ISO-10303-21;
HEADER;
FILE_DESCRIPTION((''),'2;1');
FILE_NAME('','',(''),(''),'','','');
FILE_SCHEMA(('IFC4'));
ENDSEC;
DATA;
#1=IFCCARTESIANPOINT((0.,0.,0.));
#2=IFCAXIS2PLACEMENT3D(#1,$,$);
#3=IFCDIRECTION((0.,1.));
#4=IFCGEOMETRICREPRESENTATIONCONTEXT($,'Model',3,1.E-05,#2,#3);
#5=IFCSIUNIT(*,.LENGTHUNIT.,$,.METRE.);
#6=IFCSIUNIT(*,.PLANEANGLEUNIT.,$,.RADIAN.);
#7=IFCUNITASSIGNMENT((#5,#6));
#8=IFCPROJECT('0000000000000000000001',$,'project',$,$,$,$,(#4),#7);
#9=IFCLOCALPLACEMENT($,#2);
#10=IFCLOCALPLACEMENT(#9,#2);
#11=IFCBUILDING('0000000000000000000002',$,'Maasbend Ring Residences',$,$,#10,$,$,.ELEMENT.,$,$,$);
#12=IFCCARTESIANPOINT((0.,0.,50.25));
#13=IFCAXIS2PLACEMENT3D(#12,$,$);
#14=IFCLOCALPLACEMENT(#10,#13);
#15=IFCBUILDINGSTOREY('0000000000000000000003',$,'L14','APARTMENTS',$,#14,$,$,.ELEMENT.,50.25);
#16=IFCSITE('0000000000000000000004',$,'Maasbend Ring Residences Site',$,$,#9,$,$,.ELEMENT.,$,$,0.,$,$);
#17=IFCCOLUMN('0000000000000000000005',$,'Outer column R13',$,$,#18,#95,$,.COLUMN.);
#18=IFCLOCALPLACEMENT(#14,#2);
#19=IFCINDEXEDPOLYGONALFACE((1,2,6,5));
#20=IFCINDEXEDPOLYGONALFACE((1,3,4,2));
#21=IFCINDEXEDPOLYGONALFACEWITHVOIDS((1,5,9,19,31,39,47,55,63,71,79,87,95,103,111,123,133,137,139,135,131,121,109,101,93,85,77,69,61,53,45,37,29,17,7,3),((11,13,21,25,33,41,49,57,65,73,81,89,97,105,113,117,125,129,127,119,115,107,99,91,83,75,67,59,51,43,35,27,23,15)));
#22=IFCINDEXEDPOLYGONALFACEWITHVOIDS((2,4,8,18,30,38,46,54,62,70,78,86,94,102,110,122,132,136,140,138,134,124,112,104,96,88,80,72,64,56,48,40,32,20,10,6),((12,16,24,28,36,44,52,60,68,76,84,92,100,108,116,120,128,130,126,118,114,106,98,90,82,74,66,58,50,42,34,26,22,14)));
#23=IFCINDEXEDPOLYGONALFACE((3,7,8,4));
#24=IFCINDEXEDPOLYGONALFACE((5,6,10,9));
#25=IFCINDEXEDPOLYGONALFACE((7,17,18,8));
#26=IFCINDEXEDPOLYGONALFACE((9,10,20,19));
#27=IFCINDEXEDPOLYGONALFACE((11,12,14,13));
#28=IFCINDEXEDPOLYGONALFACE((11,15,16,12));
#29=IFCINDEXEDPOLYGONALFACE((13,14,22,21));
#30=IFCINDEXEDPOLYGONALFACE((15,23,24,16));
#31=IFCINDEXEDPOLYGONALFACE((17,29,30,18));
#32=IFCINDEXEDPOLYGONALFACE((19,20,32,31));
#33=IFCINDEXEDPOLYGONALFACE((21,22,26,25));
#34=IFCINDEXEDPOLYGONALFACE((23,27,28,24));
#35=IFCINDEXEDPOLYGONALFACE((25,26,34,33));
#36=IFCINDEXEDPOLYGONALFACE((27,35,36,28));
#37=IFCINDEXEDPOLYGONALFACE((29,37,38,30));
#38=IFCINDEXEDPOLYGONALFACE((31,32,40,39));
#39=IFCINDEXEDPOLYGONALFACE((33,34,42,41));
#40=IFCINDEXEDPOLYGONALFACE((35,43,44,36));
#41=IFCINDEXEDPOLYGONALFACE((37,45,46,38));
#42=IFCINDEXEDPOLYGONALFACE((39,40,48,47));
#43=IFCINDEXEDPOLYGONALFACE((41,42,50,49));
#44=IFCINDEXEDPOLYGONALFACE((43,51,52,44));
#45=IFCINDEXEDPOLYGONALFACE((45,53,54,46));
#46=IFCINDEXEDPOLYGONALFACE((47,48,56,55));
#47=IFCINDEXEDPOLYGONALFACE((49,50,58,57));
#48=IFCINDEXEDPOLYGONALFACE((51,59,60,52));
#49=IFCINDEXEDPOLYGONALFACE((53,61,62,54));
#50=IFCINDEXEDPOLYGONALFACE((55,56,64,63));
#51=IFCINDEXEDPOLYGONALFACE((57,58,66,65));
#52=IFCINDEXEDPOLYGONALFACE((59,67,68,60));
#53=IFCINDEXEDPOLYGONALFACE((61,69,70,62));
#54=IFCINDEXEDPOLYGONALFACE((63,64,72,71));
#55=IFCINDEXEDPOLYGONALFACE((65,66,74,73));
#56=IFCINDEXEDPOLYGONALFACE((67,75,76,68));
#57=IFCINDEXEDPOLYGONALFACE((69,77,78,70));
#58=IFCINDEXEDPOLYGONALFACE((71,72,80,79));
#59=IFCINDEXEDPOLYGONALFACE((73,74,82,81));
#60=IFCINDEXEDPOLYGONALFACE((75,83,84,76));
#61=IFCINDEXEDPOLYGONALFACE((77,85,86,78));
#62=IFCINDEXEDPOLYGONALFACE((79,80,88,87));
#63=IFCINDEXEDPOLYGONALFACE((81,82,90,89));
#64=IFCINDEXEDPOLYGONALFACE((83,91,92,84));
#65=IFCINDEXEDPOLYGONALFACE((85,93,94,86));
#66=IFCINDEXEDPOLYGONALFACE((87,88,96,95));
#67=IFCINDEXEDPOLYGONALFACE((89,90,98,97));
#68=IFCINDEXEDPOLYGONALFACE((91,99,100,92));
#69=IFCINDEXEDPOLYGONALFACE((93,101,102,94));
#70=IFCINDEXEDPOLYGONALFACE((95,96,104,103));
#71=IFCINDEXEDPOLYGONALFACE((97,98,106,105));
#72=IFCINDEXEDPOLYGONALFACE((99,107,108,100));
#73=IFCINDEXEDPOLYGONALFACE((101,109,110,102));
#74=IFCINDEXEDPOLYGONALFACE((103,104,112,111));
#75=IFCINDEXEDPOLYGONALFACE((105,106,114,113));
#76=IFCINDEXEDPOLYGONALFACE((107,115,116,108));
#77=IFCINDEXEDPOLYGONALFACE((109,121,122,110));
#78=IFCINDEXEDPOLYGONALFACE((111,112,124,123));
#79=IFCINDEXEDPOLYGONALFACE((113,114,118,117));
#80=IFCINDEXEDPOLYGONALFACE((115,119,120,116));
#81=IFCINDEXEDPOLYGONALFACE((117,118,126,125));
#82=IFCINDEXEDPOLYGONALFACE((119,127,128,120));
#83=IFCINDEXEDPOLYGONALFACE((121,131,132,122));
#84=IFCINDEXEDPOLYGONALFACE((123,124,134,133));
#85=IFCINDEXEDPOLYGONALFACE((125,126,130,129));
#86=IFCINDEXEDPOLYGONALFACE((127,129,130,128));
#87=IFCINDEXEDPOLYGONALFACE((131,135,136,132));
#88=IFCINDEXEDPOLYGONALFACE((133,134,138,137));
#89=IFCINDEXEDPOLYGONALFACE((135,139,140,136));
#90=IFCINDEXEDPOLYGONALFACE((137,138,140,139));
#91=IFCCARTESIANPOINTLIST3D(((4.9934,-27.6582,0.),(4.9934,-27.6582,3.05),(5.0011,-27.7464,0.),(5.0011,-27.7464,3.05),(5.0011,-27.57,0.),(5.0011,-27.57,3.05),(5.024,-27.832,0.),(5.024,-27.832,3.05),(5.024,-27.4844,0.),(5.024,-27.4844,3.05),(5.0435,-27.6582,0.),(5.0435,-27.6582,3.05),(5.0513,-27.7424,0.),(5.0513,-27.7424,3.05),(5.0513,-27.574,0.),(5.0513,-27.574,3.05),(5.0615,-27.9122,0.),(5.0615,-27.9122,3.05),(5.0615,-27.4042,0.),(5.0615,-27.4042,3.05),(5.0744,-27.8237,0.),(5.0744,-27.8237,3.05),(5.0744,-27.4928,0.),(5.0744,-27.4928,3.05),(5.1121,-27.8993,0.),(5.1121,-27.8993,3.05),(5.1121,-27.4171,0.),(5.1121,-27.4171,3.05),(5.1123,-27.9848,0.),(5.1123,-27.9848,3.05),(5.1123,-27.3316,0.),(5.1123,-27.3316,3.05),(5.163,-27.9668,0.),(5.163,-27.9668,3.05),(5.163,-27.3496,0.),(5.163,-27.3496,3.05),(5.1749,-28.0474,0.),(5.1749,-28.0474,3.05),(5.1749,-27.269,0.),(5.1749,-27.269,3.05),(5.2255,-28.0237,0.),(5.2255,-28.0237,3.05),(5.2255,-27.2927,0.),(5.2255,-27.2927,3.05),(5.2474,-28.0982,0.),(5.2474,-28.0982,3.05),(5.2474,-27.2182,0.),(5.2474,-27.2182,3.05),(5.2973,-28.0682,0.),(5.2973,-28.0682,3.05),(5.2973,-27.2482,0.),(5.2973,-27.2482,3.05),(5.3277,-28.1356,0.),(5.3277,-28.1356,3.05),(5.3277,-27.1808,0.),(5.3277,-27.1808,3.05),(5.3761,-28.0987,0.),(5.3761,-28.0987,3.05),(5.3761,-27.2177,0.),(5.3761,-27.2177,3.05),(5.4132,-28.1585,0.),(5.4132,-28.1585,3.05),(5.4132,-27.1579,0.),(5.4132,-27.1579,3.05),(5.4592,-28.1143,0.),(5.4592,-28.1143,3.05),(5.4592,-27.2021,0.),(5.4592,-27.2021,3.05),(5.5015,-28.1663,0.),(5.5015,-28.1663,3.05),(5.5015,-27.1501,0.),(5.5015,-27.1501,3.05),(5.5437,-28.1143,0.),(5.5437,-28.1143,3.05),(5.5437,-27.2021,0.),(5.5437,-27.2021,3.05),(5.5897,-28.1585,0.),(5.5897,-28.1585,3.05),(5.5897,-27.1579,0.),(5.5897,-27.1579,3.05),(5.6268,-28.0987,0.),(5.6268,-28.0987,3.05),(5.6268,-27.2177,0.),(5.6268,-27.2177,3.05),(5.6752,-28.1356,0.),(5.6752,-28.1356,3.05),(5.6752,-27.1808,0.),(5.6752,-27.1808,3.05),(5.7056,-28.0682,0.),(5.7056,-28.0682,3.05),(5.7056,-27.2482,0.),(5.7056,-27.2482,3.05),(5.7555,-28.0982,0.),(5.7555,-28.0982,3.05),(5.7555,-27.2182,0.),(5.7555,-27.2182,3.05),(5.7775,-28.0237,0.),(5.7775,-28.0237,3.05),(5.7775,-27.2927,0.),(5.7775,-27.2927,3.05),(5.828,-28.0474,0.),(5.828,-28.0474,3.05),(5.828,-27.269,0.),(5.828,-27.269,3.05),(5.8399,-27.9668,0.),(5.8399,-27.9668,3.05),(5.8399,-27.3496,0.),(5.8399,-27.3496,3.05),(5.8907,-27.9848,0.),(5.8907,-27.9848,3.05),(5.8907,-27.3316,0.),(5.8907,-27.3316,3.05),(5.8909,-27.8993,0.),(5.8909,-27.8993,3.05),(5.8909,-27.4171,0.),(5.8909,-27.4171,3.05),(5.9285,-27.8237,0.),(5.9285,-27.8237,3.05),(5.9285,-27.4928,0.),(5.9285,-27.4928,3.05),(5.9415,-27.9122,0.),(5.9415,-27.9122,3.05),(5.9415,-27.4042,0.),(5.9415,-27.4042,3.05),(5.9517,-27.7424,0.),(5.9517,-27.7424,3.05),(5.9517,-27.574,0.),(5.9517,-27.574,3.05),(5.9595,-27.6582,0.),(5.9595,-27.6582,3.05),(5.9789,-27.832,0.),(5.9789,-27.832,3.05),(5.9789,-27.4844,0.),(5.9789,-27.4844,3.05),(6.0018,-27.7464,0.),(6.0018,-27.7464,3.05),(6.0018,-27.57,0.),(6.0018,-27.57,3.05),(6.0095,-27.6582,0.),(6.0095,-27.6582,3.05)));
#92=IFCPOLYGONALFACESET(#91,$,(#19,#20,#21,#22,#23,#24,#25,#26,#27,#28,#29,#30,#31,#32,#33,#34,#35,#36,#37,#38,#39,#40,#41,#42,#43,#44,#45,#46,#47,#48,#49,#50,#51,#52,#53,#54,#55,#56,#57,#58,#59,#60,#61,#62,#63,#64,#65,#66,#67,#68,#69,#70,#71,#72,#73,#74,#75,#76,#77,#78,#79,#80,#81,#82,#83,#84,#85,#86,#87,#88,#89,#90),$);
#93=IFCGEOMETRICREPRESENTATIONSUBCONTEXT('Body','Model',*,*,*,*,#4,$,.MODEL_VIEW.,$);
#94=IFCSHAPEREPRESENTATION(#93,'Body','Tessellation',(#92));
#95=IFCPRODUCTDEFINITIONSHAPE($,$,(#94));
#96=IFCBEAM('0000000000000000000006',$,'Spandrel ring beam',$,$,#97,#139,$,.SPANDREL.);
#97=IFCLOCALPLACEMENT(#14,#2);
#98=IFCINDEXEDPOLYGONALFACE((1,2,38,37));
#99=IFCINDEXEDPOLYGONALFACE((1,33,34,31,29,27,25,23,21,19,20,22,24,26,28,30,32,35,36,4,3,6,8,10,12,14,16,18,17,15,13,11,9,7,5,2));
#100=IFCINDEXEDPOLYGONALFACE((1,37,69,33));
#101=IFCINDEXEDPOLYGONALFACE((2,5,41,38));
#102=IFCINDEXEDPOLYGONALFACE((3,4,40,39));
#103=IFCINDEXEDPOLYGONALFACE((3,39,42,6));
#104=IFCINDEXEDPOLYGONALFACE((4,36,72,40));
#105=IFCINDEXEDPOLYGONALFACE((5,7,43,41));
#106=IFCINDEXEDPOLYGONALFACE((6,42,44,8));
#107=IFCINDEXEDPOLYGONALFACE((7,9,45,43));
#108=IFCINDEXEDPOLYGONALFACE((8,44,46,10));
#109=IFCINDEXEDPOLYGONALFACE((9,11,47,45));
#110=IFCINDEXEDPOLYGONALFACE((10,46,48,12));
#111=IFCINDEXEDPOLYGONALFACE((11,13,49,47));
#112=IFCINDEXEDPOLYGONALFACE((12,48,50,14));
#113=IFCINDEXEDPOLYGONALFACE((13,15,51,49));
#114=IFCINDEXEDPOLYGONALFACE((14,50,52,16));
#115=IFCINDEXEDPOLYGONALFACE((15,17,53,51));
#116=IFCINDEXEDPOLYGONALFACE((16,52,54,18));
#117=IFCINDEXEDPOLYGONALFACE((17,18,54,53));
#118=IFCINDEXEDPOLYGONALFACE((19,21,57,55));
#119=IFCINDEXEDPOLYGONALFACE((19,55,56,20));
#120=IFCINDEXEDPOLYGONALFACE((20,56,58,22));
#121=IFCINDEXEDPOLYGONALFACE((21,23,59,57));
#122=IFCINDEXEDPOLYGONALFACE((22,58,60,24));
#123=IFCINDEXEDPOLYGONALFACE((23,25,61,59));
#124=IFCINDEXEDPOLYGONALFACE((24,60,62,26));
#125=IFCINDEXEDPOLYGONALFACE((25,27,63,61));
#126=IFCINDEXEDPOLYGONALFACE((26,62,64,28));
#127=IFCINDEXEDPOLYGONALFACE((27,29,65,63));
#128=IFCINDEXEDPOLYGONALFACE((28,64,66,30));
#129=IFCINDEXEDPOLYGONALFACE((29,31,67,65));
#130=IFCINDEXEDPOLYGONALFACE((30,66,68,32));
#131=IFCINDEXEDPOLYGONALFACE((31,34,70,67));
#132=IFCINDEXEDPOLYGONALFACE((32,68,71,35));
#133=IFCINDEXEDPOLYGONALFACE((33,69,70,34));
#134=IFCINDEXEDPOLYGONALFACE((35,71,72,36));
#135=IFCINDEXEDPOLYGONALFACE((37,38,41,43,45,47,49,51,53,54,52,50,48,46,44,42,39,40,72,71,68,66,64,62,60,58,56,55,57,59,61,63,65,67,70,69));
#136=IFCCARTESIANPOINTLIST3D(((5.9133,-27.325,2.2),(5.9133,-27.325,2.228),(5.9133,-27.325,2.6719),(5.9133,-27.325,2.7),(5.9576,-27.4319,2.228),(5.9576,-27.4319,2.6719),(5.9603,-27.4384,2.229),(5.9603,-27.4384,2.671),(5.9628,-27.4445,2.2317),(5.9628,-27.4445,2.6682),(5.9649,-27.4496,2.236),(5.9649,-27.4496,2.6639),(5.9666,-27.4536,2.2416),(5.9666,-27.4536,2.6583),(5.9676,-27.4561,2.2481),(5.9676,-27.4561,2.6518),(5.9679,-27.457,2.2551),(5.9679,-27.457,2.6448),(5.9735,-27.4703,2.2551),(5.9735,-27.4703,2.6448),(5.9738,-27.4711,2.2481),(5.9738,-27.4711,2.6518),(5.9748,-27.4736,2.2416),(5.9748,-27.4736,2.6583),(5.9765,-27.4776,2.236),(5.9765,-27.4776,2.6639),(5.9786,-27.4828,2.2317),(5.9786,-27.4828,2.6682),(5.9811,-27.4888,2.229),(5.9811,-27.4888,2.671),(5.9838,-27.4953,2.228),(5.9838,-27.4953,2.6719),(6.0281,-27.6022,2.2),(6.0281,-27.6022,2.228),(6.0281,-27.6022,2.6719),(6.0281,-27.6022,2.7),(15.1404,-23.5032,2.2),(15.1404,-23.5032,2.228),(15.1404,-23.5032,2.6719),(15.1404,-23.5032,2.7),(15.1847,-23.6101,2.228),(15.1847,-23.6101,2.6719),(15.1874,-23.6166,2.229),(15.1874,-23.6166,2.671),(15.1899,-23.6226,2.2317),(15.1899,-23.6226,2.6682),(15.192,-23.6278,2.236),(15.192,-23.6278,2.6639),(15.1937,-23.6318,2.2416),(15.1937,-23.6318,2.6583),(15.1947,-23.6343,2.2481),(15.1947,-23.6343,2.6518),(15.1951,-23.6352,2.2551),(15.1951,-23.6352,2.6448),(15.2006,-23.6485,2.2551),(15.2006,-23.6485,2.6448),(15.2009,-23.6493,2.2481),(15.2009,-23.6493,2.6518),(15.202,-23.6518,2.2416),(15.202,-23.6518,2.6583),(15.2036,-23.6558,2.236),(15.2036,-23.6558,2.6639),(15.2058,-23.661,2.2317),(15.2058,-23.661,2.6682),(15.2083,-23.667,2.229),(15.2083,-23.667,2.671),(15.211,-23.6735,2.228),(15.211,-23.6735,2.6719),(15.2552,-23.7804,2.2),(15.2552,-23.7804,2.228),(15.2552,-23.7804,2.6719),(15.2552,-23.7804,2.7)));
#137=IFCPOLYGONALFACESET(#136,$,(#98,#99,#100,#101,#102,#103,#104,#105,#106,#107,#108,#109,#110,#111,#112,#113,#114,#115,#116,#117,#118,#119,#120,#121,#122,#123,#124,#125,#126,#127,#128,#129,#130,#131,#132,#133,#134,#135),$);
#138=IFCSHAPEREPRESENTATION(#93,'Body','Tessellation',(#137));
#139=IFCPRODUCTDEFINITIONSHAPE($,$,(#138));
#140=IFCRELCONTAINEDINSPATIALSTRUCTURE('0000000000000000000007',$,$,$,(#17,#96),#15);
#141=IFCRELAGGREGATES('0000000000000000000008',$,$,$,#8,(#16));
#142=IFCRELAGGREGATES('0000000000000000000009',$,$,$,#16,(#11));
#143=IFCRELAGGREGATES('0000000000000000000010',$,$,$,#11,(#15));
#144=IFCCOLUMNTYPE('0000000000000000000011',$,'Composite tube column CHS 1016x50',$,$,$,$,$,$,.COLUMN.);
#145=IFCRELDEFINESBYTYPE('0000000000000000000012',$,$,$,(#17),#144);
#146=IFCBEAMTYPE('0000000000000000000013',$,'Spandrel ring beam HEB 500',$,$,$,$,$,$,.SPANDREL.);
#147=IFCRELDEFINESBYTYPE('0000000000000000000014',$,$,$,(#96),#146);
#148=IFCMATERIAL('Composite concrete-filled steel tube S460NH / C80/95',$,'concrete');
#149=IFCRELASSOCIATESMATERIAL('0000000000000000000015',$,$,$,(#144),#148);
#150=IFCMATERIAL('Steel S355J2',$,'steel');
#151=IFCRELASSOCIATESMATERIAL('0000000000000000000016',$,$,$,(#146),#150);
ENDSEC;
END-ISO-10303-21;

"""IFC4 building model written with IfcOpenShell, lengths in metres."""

from ifc_helpers import new_model, si_unit, direction, frame, origin, origin_2d, place, context, subcontext, project, spatial, hollow_circle, i_section, extrude, material, material_profile, profile_set, type_object, element, save


model = new_model("IFC4")

# Units and contexts
model_context = context("Model", 3, precision=1e-05, world=origin(), true_north=direction((0.0, 1.0)))
body_context = subcontext(model_context, "Body", "Model", "MODEL_VIEW")
ifc_project = project(units=[si_unit("LENGTHUNIT", "METRE"), si_unit("PLANEANGLEUNIT", "RADIAN")], contexts=[model_context])

# Site, building, storey
site_placement = place(None, origin())
site = spatial("IfcSite", under=ifc_project, at=site_placement, Name="Maasbend Ring Residences Site", CompositionType="ELEMENT", RefElevation=0.0)
building_placement = place(site_placement, origin())
building = spatial("IfcBuilding", under=site, at=building_placement, Name="Maasbend Ring Residences", CompositionType="ELEMENT")
storey_placement = place(building_placement, frame((0.0, 0.0, 50.25)))
storey = spatial("IfcBuildingStorey", under=building, at=storey_placement, Name="L14", Description="APARTMENTS", CompositionType="ELEMENT", Elevation=50.25)

# Column
ifc_material_1 = material(Name="Composite concrete-filled steel tube S460NH / C80/95", Category="concrete")
ifc_material_profile_1 = material_profile(ifc_material_1, hollow_circle(Radius=0.5081, WallThickness=0.05, at=origin_2d()), Name="Composite tube column CHS 1016x50")
ifc_profile_set_1 = profile_set([ifc_material_profile_1], Name="Composite concrete-filled steel tube S460NH / C80/95")
column_type = type_object("IfcColumnType", Name="Composite tube column CHS 1016x50", PredefinedType="COLUMN", material=ifc_profile_set_1)
column_placement = place(storey_placement, frame((5.5015, -27.6582, 0.0), z_axis=(0.0, 0.0, 1.0), x_axis=(1.0, 0.0, 0.0)))
element("IfcColumn", 1, at=column_placement, inside=storey, type_object=column_type, Name="Outer column R13", PredefinedType="COLUMN", context=body_context, shape_type="SweptSolid", body=[
    extrude(hollow_circle(Radius=0.5081, WallThickness=0.05, at=origin_2d()), origin(), (0.0, 0.0, 1.0), 3.05),
])

# Beam
ifc_material_2 = material(Name="Steel S355J2", Category="steel")
ifc_material_profile_2 = material_profile(ifc_material_2, i_section(OverallWidth=0.3, OverallDepth=0.5, WebThickness=0.0144, FlangeThickness=0.0281, FilletRadius=0.0271, at=origin_2d()), Name="HEB 500")
ifc_profile_set_2 = profile_set([ifc_material_profile_2], Name="Steel S355J2")
beam_type = type_object("IfcBeamType", Name="Spandrel ring beam HEB 500", PredefinedType="SPANDREL", material=ifc_profile_set_2)
beam_placement = place(storey_placement, frame((5.9707, -27.4636, 2.45), z_axis=(0.923886, 0.382667, 0.0), x_axis=(-0.382667, 0.923886, 0.0)))
element("IfcBeam", 2, at=beam_placement, inside=storey, type_object=beam_type, Name="Spandrel ring beam", PredefinedType="SPANDREL", context=body_context, shape_type="SweptSolid", body=[
    extrude(i_section(OverallWidth=0.3, OverallDepth=0.5, WebThickness=0.0144, FlangeThickness=0.0281, FilletRadius=0.0271, at=origin_2d()), origin(), (0.0, 0.0, 1.0), 9.9873),
])

save(model, "model.ifc")
